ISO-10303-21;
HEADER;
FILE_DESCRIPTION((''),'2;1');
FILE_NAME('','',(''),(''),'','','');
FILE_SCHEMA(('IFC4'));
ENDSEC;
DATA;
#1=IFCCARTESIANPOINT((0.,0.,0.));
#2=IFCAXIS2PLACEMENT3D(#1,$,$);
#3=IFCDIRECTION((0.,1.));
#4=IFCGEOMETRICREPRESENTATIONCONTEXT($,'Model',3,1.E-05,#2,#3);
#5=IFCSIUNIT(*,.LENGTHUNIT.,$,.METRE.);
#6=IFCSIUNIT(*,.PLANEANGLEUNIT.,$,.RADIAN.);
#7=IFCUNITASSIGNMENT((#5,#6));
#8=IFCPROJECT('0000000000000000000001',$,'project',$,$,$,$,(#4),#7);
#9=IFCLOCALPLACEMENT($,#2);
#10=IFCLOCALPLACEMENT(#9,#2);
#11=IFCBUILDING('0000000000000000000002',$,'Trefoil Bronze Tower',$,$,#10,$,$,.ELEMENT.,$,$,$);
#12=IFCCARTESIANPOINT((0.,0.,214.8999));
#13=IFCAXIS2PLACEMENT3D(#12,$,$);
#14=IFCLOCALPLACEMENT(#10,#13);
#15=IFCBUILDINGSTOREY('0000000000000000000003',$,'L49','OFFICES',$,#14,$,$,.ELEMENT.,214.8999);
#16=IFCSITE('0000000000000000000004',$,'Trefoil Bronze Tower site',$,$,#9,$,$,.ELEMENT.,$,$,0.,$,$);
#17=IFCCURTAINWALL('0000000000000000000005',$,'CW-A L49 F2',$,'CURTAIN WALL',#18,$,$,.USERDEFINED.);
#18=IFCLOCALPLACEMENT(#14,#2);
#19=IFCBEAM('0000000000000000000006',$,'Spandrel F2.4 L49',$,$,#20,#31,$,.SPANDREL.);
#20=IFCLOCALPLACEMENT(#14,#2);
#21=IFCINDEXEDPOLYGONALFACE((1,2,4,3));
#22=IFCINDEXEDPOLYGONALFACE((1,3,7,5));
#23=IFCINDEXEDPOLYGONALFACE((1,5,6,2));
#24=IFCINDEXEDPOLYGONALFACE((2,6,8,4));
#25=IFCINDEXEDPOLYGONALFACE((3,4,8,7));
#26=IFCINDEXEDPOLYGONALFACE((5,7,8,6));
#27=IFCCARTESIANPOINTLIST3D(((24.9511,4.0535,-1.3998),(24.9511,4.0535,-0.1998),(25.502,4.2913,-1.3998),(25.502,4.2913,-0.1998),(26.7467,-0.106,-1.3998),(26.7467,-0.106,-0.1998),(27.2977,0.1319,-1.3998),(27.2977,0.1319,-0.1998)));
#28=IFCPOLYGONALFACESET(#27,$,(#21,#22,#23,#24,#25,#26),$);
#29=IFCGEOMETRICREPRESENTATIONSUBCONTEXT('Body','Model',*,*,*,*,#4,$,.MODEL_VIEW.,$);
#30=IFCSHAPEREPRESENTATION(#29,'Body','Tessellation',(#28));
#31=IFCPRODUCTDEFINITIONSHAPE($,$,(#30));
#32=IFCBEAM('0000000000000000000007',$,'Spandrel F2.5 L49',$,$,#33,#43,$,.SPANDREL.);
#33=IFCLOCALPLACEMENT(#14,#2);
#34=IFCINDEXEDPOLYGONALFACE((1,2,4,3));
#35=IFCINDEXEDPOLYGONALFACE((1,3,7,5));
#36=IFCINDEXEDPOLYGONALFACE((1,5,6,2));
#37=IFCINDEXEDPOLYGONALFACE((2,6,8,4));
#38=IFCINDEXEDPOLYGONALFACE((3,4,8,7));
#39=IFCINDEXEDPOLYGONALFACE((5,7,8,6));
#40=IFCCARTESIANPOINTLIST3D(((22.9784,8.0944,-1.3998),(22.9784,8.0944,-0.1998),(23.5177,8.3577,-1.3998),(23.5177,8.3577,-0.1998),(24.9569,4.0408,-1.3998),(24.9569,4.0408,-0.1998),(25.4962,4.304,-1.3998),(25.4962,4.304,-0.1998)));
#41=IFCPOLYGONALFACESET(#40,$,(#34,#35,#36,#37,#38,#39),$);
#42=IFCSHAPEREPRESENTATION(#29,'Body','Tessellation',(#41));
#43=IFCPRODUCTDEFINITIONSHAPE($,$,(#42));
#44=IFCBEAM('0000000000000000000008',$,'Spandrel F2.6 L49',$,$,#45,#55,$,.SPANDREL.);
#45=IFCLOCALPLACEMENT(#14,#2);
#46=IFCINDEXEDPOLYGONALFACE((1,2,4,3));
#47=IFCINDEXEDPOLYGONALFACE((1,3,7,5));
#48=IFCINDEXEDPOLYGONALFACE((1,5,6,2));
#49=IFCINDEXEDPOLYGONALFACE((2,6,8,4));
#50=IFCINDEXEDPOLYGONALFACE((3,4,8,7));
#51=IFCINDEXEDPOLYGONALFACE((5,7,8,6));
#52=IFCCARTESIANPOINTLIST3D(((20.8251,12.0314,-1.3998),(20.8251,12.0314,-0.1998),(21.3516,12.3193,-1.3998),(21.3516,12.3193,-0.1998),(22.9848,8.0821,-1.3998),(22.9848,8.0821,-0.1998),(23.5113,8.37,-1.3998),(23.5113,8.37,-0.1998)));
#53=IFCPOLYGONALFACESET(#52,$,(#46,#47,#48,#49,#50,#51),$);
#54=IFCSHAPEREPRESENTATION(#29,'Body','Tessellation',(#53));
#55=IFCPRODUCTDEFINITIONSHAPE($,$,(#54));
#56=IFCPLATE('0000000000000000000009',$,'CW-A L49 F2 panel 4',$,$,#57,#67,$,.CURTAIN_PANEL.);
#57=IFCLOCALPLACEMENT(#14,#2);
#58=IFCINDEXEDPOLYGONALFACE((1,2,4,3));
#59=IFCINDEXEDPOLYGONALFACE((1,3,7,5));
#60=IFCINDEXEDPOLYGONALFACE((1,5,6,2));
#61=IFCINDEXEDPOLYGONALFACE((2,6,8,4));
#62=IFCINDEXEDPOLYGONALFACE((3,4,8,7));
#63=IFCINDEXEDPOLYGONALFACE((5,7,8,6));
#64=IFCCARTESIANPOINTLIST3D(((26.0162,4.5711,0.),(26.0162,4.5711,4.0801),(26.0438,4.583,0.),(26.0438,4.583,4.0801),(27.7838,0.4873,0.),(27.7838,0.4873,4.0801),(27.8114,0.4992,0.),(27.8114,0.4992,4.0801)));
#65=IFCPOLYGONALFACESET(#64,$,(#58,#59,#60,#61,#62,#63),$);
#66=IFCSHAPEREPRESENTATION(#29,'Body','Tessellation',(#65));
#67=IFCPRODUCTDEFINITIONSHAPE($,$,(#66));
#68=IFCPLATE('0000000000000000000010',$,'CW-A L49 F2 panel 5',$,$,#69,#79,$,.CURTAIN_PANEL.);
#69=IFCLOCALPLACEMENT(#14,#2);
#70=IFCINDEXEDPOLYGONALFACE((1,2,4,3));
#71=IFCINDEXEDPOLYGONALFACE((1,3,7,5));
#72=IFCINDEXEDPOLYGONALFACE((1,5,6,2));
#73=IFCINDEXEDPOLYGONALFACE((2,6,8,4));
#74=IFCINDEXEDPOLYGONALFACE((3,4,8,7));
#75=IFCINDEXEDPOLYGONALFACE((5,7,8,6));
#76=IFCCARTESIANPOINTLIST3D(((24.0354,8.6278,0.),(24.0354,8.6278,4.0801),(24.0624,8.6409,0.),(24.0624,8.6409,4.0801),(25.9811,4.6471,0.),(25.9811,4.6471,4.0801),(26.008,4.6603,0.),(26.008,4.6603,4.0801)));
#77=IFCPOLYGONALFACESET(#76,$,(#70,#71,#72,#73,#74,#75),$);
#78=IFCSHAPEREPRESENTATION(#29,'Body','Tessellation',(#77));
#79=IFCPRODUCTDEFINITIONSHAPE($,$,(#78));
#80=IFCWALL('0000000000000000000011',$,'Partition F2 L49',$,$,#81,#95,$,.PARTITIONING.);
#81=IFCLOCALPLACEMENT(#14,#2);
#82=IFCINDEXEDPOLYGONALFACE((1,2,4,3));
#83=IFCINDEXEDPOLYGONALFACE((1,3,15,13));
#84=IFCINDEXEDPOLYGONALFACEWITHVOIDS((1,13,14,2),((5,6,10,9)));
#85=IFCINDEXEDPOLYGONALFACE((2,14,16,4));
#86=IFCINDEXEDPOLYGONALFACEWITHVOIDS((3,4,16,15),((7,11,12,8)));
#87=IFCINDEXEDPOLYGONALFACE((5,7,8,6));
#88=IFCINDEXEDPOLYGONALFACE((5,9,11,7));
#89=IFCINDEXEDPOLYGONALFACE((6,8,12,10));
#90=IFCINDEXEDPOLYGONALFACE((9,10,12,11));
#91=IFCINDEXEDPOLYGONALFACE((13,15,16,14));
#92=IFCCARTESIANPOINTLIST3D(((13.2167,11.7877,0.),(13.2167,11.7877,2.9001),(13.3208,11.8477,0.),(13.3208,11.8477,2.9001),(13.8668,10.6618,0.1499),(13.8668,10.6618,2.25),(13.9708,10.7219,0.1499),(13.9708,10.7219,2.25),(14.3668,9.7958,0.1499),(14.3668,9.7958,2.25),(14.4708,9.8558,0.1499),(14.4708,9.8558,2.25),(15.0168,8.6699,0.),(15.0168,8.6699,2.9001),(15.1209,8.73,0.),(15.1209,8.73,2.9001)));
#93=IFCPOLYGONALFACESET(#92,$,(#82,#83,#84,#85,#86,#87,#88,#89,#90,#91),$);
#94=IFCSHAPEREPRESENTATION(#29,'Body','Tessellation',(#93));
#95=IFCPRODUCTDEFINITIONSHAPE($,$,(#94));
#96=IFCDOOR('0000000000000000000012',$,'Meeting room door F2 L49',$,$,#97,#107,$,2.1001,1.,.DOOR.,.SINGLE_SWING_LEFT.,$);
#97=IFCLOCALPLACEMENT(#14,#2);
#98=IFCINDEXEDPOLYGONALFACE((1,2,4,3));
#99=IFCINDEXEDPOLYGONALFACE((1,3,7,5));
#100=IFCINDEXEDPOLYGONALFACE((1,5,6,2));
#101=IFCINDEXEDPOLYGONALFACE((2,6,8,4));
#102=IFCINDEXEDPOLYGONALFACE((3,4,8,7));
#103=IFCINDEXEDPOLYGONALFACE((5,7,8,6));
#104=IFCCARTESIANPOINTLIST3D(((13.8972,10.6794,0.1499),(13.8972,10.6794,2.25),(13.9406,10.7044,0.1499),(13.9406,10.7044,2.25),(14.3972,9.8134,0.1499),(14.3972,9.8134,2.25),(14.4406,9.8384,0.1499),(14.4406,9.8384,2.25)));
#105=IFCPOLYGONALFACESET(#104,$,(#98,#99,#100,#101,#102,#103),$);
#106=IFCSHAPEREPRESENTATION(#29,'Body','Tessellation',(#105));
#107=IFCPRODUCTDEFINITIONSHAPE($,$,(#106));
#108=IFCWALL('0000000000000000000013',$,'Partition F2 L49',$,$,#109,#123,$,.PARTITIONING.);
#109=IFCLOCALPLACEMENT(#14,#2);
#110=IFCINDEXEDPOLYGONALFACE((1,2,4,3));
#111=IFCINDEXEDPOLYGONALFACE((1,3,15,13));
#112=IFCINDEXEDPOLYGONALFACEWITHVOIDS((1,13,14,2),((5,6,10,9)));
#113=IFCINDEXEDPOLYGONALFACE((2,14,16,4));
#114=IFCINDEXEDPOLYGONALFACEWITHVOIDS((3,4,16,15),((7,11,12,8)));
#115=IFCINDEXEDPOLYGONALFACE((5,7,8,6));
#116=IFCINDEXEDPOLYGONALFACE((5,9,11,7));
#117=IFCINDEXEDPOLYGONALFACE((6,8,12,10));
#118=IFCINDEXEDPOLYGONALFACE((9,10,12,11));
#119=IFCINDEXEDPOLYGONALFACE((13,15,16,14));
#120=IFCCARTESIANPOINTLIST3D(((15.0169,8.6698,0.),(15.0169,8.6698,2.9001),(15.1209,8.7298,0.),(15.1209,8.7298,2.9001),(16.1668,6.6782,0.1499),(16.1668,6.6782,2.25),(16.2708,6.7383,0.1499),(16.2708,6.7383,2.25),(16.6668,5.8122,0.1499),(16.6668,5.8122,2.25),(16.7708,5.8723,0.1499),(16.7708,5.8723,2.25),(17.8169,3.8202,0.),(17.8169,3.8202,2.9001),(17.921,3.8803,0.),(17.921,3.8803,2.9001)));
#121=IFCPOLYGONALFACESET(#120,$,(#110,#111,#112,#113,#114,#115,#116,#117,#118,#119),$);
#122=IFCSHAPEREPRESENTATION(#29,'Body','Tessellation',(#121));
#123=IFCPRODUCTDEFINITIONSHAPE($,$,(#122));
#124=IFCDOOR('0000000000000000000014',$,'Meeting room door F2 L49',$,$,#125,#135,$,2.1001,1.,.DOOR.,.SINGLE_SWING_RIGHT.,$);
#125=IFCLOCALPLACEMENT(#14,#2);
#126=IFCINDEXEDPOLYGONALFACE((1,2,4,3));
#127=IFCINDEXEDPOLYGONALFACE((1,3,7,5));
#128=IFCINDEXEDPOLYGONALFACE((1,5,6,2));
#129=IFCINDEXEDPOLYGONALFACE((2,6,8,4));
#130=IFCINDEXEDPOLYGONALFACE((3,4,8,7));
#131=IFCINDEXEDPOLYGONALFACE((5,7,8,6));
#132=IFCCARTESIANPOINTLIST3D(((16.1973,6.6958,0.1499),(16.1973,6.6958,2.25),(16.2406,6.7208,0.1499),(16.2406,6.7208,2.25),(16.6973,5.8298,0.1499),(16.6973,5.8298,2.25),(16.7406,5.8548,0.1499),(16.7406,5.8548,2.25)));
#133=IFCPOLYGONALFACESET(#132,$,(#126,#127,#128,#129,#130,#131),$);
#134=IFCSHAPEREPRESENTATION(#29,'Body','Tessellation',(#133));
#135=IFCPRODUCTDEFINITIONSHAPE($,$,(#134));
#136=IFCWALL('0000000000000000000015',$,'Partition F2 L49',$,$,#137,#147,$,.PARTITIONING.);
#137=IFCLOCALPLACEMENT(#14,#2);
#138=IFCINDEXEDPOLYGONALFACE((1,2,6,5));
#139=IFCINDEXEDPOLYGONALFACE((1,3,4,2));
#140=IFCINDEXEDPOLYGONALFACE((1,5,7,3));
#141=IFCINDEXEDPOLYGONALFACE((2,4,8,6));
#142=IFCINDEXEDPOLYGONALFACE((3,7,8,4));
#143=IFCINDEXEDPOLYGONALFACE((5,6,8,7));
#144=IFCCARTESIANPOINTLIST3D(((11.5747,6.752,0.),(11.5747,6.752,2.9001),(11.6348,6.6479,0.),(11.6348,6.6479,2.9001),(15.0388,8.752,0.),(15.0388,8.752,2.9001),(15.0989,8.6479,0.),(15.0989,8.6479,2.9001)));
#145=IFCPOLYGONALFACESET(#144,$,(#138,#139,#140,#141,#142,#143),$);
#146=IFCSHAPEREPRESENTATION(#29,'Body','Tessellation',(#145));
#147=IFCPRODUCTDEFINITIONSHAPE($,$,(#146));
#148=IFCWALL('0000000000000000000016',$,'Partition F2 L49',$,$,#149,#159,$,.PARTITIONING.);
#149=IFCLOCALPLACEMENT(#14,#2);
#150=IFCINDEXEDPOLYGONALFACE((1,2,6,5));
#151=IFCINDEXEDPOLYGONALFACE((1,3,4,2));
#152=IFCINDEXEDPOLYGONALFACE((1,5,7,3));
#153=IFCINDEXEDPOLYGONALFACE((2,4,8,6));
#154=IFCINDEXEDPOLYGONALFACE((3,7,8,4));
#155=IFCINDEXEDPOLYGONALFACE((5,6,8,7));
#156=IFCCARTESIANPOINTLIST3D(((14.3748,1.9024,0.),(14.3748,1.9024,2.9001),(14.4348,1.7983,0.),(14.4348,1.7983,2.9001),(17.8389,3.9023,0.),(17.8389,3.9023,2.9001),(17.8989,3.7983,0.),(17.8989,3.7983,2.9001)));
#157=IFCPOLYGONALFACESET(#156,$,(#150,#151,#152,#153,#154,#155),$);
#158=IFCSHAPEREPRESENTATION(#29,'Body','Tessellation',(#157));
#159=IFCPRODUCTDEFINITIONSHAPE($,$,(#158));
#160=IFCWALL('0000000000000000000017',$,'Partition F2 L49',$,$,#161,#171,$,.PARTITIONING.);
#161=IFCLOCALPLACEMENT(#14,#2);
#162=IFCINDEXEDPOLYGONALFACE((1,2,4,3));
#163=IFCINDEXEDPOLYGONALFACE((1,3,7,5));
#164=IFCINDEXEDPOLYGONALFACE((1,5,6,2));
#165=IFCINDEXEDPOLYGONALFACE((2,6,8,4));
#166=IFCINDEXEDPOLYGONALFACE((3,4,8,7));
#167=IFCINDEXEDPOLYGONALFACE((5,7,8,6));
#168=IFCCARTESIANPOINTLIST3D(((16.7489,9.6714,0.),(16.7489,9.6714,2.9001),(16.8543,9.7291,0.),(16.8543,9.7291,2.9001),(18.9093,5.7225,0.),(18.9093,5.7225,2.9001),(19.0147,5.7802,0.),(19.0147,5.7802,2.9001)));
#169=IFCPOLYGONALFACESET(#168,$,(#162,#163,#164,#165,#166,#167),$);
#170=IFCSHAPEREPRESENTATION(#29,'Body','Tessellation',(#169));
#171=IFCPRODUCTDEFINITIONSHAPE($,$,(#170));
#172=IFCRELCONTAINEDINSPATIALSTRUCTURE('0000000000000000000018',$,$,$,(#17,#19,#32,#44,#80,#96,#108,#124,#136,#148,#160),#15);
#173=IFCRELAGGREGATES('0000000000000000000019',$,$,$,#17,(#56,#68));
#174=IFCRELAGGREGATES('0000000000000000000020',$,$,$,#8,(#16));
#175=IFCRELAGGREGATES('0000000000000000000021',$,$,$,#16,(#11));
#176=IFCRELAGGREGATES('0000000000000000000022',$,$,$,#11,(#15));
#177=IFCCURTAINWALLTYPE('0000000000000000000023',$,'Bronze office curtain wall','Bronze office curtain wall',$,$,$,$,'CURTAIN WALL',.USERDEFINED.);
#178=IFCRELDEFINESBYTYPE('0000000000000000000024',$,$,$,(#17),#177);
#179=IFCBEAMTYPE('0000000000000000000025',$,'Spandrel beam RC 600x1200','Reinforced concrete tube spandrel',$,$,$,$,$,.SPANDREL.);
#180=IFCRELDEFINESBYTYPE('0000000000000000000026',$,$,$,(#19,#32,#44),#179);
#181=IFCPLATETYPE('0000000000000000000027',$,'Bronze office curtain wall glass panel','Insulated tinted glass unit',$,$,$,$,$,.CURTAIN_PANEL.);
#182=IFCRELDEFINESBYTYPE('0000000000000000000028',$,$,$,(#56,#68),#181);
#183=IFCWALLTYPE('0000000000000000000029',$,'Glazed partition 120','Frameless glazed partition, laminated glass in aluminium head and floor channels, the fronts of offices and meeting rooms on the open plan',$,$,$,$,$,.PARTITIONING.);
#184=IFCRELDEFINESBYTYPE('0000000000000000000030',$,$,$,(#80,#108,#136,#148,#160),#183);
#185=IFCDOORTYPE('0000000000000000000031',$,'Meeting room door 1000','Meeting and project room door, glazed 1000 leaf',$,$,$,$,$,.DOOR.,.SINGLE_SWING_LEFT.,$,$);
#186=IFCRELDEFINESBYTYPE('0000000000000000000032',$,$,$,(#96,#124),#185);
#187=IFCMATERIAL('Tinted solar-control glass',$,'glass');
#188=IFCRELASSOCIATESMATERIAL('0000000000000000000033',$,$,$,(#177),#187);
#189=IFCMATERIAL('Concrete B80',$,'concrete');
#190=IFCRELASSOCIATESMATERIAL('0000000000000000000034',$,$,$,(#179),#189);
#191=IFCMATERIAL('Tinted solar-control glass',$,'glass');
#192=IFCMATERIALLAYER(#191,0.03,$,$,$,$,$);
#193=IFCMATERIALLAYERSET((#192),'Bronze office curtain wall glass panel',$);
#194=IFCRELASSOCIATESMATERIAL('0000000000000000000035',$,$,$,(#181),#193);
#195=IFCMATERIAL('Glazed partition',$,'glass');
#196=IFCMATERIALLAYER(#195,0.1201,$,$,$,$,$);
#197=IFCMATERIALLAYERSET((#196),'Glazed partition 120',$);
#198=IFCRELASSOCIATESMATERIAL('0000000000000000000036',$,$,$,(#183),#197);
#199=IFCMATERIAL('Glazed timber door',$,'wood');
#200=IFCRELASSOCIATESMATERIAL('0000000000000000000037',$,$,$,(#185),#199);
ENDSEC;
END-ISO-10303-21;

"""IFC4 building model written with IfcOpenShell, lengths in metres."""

from ifc_helpers import new_model, si_unit, direction, frame, frame_2d, origin, origin_2d, place, context, subcontext, project, spatial, rectangle, extrude, material, layer, layer_set, material_profile, profile_set, type_object, element, fill, aggregate, save


model = new_model("IFC4")

# Units and contexts
model_context = context("Model", 3, precision=1e-05, world=origin(), true_north=direction((0.0, 1.0)))
body_context = subcontext(model_context, "Body", "Model", "MODEL_VIEW")
ifc_project = project(units=[si_unit("LENGTHUNIT", "METRE"), si_unit("PLANEANGLEUNIT", "RADIAN")], contexts=[model_context])

# Site, building, storey
site_placement = place(None, origin())
site = spatial("IfcSite", under=ifc_project, at=site_placement, Name="Trefoil Bronze Tower site", CompositionType="ELEMENT", RefElevation=0.0)
building_placement = place(site_placement, origin())
building = spatial("IfcBuilding", under=site, at=building_placement, Name="Trefoil Bronze Tower", CompositionType="ELEMENT")
storey_placement = place(building_placement, frame((0.0, 0.0, 214.8999)))
storey = spatial("IfcBuildingStorey", under=building, at=storey_placement, Name="L49", Description="OFFICES", CompositionType="ELEMENT", Elevation=214.8999)

# Curtain wall
ifc_material_1 = material(Name="Tinted solar-control glass", Category="glass")
curtain_wall_type = type_object("IfcCurtainWallType", Name="Bronze office curtain wall", Description="Bronze office curtain wall", ElementType="CURTAIN WALL", PredefinedType="USERDEFINED", material=ifc_material_1)
curtain_wall_placement = place(storey_placement, origin())
curtain_wall = element("IfcCurtainWall", 1, at=curtain_wall_placement, inside=storey, type_object=curtain_wall_type, Name="CW-A L49 F2", ObjectType="CURTAIN WALL", PredefinedType="USERDEFINED")

# Beams
ifc_material_2 = material(Name="Concrete B80", Category="concrete")
ifc_material_profile_1 = material_profile(ifc_material_2, rectangle(XDim=0.6001, YDim=1.2, at=origin_2d()), Name="RC 600x1200")
ifc_profile_set_1 = profile_set([ifc_material_profile_1], Name="Concrete B80")
beam_type_1 = type_object("IfcBeamType", Name="Spandrel beam RC 600x1200", Description="Reinforced concrete tube spandrel", PredefinedType="SPANDREL", material=ifc_profile_set_1)
beam_1_placement = place(storey_placement, frame((27.0222, 0.0129, -0.7998), z_axis=(-0.39635, 0.918099, 0.0), x_axis=(-0.918099, -0.39635, 0.0)))
element("IfcBeam", 2, at=beam_1_placement, inside=storey, type_object=beam_type_1, Name="Spandrel F2.4 L49", PredefinedType="SPANDREL", context=body_context, shape_type="SweptSolid", body=[
    extrude(rectangle(XDim=0.6001, YDim=1.2, at=origin_2d()), origin(), (0.0, 0.0, 1.0), 4.5305),
])
beam_2_placement = place(storey_placement, frame((25.2266, 4.1724, -0.7998), z_axis=(-0.43862, 0.898673, 0.0), x_axis=(-0.898673, -0.43862, 0.0)))
element("IfcBeam", 3, at=beam_2_placement, inside=storey, type_object=beam_type_1, Name="Spandrel F2.5 L49", PredefinedType="SPANDREL", context=body_context, shape_type="SweptSolid", body=[
    extrude(rectangle(XDim=0.6001, YDim=1.2, at=origin_2d()), origin(), (0.0, 0.0, 1.0), 4.5107),
])
beam_3_placement = place(storey_placement, frame((23.248, 8.2261, -0.7998), z_axis=(-0.479802, 0.877377, 0.0), x_axis=(-0.877377, -0.479802, 0.0)))
element("IfcBeam", 4, at=beam_3_placement, inside=storey, type_object=beam_type_1, Name="Spandrel F2.6 L49", PredefinedType="SPANDREL", context=body_context, shape_type="SweptSolid", body=[
    extrude(rectangle(XDim=0.6001, YDim=1.2, at=origin_2d()), origin(), (0.0, 0.0, 1.0), 4.5012),
])

# Plates
ifc_material_3 = material(Name="Tinted solar-control glass", Category="glass")
ifc_layer_1 = layer(ifc_material_3, 0.03)
ifc_layer_set_1 = layer_set([ifc_layer_1], Name="Bronze office curtain wall glass panel")
plate_type = type_object("IfcPlateType", Name="Bronze office curtain wall glass panel", Description="Insulated tinted glass unit", PredefinedType="CURTAIN_PANEL", material=ifc_layer_set_1)
plate_1_placement = place(storey_placement, frame((26.9138, 2.5352, 0.0), z_axis=(0.0, 0.0, 1.0), x_axis=(-0.39722, 0.917723, 0.0)))
plate_1 = element("IfcPlate", 5, at=plate_1_placement, type_object=plate_type, Name="CW-A L49 F2 panel 4", PredefinedType="CURTAIN_PANEL", context=body_context, shape_type="SweptSolid", body=[
    extrude(rectangle(XDim=4.45, YDim=0.03, at=origin_2d()), origin(), (0.0, 0.0, 1.0), 4.0801),
])
plate_2_placement = place(storey_placement, frame((25.0217, 6.644, 0.0), z_axis=(0.0, 0.0, 1.0), x_axis=(-0.439129, 0.898424, 0.0)))
plate_2 = element("IfcPlate", 6, at=plate_2_placement, type_object=plate_type, Name="CW-A L49 F2 panel 5", PredefinedType="CURTAIN_PANEL", context=body_context, shape_type="SweptSolid", body=[
    extrude(rectangle(XDim=4.4307, YDim=0.03, at=origin_2d()), origin(), (0.0, 0.0, 1.0), 4.0801),
])
aggregate(curtain_wall, [plate_1, plate_2])

# Walls, openings, doors
ifc_material_4 = material(Name="Glazed partition", Category="glass")
ifc_layer_2 = layer(ifc_material_4, 0.1201)
ifc_layer_set_2 = layer_set([ifc_layer_2], Name="Glazed partition 120")
wall_type_1 = type_object("IfcWallType", Name="Glazed partition 120", Description="Frameless glazed partition, laminated glass in aluminium head and floor channels, the fronts of offices and meeting rooms on the open plan", PredefinedType="PARTITIONING", material=ifc_layer_set_2)
wall_1_placement = place(storey_placement, frame((15.0688, 8.7, 0.0), z_axis=(0.0, 0.0, 1.0), x_axis=(-0.500012, 0.866018, 0.0)))
wall_1 = element("IfcWall", 7, at=wall_1_placement, inside=storey, type_object=wall_type_1, Name="Partition F2 L49", PredefinedType="PARTITIONING", context=body_context, shape_type="SweptSolid", body=[
    extrude(rectangle(XDim=3.6001, YDim=0.1201, at=frame_2d((1.8, 0.0))), origin(), (0.0, 0.0, 1.0), 2.9001),
])
opening_1_placement = place(wall_1_placement, frame((1.3, 0.0, 0.1499)))
opening_1 = element("IfcOpeningElement", 8, at=opening_1_placement, cuts=wall_1, PredefinedType="OPENING", context=body_context, shape_type="SweptSolid", body=[
    extrude(rectangle(XDim=1.0, YDim=2.1001, at=frame_2d((0.5, 1.05))), frame((0.0, 0.0701, 0.0), z_axis=(0.0, -1.0, 0.0), x_axis=(1.0, 0.0, 0.0)), (0.0, 0.0, 1.0), 0.1401),
])
ifc_material_5 = material(Name="Glazed timber door", Category="wood")
door_type_1 = type_object("IfcDoorType", Name="Meeting room door 1000", Description="Meeting and project room door, glazed 1000 leaf", OperationType="SINGLE_SWING_LEFT", PredefinedType="DOOR", material=ifc_material_5)
door_1_placement = place(opening_1_placement, origin())
door_1 = element("IfcDoor", 9, at=door_1_placement, inside=storey, type_object=door_type_1, Name="Meeting room door F2 L49", OperationType="SINGLE_SWING_LEFT", OverallHeight=2.1001, OverallWidth=1.0, PredefinedType="DOOR", context=body_context, shape_type="SweptSolid", body=[
    extrude(rectangle(XDim=1.0, YDim=2.1001, at=frame_2d((0.5, 1.05))), frame((0.0, 0.0249, 0.0), z_axis=(0.0, -1.0, 0.0), x_axis=(1.0, 0.0, 0.0)), (0.0, 0.0, 1.0), 0.05),
])
fill(opening_1, door_1)
wall_2_placement = place(storey_placement, frame((17.8689, 3.8503, 0.0), z_axis=(0.0, 0.0, 1.0), x_axis=(-0.500017, 0.866016, 0.0)))
wall_2 = element("IfcWall", 10, at=wall_2_placement, inside=storey, type_object=wall_type_1, Name="Partition F2 L49", PredefinedType="PARTITIONING", context=body_context, shape_type="SweptSolid", body=[
    extrude(rectangle(XDim=5.5999, YDim=0.1201, at=frame_2d((2.7998, 0.0))), origin(), (0.0, 0.0, 1.0), 2.9001),
])
opening_2_placement = place(wall_2_placement, frame((2.3, 0.0, 0.1499)))
opening_2 = element("IfcOpeningElement", 11, at=opening_2_placement, cuts=wall_2, PredefinedType="OPENING", context=body_context, shape_type="SweptSolid", body=[
    extrude(rectangle(XDim=1.0, YDim=2.1001, at=frame_2d((0.5, 1.05))), frame((0.0, 0.0701, 0.0), z_axis=(0.0, -1.0, 0.0), x_axis=(1.0, 0.0, 0.0)), (0.0, 0.0, 1.0), 0.1401),
])
door_2_placement = place(opening_2_placement, origin())
door_2 = element("IfcDoor", 12, at=door_2_placement, inside=storey, type_object=door_type_1, Name="Meeting room door F2 L49", OperationType="SINGLE_SWING_RIGHT", OverallHeight=2.1001, OverallWidth=1.0, PredefinedType="DOOR", context=body_context, shape_type="SweptSolid", body=[
    extrude(rectangle(XDim=1.0, YDim=2.1001, at=frame_2d((0.5, 1.05))), frame((0.0, 0.0249, 0.0), z_axis=(0.0, -1.0, 0.0), x_axis=(1.0, 0.0, 0.0)), (0.0, 0.0, 1.0), 0.05),
])
fill(opening_2, door_2)

# Walls
for number, where, z_axis, x_axis, name in (
    (13, (11.6047, 6.7, 0.0), (0.0, 0.0, 1.0), (0.866026, 0.499999, 0.0), "Partition F2 L49"),
    (14, (14.4048, 1.8503, 0.0), (0.0, 0.0, 1.0), (0.866026, 0.499999, 0.0), "Partition F2 L49"),
):
    element("IfcWall", number, at=place(storey_placement, frame(where, z_axis=z_axis, x_axis=x_axis)), inside=storey, type_object=wall_type_1, Name=name, PredefinedType="PARTITIONING", context=body_context, shape_type="SweptSolid", body=[
        extrude(rectangle(XDim=4.0, YDim=0.1201, at=frame_2d((2.0, 0.0))), origin(), (0.0, 0.0, 1.0), 2.9001),
    ])
wall_3_placement = place(storey_placement, frame((18.9619, 5.7515, 0.0), z_axis=(0.0, 0.0, 1.0), x_axis=(-0.47995, 0.877296, 0.0)))
element("IfcWall", 15, at=wall_3_placement, inside=storey, type_object=wall_type_1, Name="Partition F2 L49", PredefinedType="PARTITIONING", context=body_context, shape_type="SweptSolid", body=[
    extrude(rectangle(XDim=4.5012, YDim=0.1201, at=frame_2d((2.2505, 0.0))), origin(), (0.0, 0.0, 1.0), 2.9001),
])

save(model, "model.ifc")
